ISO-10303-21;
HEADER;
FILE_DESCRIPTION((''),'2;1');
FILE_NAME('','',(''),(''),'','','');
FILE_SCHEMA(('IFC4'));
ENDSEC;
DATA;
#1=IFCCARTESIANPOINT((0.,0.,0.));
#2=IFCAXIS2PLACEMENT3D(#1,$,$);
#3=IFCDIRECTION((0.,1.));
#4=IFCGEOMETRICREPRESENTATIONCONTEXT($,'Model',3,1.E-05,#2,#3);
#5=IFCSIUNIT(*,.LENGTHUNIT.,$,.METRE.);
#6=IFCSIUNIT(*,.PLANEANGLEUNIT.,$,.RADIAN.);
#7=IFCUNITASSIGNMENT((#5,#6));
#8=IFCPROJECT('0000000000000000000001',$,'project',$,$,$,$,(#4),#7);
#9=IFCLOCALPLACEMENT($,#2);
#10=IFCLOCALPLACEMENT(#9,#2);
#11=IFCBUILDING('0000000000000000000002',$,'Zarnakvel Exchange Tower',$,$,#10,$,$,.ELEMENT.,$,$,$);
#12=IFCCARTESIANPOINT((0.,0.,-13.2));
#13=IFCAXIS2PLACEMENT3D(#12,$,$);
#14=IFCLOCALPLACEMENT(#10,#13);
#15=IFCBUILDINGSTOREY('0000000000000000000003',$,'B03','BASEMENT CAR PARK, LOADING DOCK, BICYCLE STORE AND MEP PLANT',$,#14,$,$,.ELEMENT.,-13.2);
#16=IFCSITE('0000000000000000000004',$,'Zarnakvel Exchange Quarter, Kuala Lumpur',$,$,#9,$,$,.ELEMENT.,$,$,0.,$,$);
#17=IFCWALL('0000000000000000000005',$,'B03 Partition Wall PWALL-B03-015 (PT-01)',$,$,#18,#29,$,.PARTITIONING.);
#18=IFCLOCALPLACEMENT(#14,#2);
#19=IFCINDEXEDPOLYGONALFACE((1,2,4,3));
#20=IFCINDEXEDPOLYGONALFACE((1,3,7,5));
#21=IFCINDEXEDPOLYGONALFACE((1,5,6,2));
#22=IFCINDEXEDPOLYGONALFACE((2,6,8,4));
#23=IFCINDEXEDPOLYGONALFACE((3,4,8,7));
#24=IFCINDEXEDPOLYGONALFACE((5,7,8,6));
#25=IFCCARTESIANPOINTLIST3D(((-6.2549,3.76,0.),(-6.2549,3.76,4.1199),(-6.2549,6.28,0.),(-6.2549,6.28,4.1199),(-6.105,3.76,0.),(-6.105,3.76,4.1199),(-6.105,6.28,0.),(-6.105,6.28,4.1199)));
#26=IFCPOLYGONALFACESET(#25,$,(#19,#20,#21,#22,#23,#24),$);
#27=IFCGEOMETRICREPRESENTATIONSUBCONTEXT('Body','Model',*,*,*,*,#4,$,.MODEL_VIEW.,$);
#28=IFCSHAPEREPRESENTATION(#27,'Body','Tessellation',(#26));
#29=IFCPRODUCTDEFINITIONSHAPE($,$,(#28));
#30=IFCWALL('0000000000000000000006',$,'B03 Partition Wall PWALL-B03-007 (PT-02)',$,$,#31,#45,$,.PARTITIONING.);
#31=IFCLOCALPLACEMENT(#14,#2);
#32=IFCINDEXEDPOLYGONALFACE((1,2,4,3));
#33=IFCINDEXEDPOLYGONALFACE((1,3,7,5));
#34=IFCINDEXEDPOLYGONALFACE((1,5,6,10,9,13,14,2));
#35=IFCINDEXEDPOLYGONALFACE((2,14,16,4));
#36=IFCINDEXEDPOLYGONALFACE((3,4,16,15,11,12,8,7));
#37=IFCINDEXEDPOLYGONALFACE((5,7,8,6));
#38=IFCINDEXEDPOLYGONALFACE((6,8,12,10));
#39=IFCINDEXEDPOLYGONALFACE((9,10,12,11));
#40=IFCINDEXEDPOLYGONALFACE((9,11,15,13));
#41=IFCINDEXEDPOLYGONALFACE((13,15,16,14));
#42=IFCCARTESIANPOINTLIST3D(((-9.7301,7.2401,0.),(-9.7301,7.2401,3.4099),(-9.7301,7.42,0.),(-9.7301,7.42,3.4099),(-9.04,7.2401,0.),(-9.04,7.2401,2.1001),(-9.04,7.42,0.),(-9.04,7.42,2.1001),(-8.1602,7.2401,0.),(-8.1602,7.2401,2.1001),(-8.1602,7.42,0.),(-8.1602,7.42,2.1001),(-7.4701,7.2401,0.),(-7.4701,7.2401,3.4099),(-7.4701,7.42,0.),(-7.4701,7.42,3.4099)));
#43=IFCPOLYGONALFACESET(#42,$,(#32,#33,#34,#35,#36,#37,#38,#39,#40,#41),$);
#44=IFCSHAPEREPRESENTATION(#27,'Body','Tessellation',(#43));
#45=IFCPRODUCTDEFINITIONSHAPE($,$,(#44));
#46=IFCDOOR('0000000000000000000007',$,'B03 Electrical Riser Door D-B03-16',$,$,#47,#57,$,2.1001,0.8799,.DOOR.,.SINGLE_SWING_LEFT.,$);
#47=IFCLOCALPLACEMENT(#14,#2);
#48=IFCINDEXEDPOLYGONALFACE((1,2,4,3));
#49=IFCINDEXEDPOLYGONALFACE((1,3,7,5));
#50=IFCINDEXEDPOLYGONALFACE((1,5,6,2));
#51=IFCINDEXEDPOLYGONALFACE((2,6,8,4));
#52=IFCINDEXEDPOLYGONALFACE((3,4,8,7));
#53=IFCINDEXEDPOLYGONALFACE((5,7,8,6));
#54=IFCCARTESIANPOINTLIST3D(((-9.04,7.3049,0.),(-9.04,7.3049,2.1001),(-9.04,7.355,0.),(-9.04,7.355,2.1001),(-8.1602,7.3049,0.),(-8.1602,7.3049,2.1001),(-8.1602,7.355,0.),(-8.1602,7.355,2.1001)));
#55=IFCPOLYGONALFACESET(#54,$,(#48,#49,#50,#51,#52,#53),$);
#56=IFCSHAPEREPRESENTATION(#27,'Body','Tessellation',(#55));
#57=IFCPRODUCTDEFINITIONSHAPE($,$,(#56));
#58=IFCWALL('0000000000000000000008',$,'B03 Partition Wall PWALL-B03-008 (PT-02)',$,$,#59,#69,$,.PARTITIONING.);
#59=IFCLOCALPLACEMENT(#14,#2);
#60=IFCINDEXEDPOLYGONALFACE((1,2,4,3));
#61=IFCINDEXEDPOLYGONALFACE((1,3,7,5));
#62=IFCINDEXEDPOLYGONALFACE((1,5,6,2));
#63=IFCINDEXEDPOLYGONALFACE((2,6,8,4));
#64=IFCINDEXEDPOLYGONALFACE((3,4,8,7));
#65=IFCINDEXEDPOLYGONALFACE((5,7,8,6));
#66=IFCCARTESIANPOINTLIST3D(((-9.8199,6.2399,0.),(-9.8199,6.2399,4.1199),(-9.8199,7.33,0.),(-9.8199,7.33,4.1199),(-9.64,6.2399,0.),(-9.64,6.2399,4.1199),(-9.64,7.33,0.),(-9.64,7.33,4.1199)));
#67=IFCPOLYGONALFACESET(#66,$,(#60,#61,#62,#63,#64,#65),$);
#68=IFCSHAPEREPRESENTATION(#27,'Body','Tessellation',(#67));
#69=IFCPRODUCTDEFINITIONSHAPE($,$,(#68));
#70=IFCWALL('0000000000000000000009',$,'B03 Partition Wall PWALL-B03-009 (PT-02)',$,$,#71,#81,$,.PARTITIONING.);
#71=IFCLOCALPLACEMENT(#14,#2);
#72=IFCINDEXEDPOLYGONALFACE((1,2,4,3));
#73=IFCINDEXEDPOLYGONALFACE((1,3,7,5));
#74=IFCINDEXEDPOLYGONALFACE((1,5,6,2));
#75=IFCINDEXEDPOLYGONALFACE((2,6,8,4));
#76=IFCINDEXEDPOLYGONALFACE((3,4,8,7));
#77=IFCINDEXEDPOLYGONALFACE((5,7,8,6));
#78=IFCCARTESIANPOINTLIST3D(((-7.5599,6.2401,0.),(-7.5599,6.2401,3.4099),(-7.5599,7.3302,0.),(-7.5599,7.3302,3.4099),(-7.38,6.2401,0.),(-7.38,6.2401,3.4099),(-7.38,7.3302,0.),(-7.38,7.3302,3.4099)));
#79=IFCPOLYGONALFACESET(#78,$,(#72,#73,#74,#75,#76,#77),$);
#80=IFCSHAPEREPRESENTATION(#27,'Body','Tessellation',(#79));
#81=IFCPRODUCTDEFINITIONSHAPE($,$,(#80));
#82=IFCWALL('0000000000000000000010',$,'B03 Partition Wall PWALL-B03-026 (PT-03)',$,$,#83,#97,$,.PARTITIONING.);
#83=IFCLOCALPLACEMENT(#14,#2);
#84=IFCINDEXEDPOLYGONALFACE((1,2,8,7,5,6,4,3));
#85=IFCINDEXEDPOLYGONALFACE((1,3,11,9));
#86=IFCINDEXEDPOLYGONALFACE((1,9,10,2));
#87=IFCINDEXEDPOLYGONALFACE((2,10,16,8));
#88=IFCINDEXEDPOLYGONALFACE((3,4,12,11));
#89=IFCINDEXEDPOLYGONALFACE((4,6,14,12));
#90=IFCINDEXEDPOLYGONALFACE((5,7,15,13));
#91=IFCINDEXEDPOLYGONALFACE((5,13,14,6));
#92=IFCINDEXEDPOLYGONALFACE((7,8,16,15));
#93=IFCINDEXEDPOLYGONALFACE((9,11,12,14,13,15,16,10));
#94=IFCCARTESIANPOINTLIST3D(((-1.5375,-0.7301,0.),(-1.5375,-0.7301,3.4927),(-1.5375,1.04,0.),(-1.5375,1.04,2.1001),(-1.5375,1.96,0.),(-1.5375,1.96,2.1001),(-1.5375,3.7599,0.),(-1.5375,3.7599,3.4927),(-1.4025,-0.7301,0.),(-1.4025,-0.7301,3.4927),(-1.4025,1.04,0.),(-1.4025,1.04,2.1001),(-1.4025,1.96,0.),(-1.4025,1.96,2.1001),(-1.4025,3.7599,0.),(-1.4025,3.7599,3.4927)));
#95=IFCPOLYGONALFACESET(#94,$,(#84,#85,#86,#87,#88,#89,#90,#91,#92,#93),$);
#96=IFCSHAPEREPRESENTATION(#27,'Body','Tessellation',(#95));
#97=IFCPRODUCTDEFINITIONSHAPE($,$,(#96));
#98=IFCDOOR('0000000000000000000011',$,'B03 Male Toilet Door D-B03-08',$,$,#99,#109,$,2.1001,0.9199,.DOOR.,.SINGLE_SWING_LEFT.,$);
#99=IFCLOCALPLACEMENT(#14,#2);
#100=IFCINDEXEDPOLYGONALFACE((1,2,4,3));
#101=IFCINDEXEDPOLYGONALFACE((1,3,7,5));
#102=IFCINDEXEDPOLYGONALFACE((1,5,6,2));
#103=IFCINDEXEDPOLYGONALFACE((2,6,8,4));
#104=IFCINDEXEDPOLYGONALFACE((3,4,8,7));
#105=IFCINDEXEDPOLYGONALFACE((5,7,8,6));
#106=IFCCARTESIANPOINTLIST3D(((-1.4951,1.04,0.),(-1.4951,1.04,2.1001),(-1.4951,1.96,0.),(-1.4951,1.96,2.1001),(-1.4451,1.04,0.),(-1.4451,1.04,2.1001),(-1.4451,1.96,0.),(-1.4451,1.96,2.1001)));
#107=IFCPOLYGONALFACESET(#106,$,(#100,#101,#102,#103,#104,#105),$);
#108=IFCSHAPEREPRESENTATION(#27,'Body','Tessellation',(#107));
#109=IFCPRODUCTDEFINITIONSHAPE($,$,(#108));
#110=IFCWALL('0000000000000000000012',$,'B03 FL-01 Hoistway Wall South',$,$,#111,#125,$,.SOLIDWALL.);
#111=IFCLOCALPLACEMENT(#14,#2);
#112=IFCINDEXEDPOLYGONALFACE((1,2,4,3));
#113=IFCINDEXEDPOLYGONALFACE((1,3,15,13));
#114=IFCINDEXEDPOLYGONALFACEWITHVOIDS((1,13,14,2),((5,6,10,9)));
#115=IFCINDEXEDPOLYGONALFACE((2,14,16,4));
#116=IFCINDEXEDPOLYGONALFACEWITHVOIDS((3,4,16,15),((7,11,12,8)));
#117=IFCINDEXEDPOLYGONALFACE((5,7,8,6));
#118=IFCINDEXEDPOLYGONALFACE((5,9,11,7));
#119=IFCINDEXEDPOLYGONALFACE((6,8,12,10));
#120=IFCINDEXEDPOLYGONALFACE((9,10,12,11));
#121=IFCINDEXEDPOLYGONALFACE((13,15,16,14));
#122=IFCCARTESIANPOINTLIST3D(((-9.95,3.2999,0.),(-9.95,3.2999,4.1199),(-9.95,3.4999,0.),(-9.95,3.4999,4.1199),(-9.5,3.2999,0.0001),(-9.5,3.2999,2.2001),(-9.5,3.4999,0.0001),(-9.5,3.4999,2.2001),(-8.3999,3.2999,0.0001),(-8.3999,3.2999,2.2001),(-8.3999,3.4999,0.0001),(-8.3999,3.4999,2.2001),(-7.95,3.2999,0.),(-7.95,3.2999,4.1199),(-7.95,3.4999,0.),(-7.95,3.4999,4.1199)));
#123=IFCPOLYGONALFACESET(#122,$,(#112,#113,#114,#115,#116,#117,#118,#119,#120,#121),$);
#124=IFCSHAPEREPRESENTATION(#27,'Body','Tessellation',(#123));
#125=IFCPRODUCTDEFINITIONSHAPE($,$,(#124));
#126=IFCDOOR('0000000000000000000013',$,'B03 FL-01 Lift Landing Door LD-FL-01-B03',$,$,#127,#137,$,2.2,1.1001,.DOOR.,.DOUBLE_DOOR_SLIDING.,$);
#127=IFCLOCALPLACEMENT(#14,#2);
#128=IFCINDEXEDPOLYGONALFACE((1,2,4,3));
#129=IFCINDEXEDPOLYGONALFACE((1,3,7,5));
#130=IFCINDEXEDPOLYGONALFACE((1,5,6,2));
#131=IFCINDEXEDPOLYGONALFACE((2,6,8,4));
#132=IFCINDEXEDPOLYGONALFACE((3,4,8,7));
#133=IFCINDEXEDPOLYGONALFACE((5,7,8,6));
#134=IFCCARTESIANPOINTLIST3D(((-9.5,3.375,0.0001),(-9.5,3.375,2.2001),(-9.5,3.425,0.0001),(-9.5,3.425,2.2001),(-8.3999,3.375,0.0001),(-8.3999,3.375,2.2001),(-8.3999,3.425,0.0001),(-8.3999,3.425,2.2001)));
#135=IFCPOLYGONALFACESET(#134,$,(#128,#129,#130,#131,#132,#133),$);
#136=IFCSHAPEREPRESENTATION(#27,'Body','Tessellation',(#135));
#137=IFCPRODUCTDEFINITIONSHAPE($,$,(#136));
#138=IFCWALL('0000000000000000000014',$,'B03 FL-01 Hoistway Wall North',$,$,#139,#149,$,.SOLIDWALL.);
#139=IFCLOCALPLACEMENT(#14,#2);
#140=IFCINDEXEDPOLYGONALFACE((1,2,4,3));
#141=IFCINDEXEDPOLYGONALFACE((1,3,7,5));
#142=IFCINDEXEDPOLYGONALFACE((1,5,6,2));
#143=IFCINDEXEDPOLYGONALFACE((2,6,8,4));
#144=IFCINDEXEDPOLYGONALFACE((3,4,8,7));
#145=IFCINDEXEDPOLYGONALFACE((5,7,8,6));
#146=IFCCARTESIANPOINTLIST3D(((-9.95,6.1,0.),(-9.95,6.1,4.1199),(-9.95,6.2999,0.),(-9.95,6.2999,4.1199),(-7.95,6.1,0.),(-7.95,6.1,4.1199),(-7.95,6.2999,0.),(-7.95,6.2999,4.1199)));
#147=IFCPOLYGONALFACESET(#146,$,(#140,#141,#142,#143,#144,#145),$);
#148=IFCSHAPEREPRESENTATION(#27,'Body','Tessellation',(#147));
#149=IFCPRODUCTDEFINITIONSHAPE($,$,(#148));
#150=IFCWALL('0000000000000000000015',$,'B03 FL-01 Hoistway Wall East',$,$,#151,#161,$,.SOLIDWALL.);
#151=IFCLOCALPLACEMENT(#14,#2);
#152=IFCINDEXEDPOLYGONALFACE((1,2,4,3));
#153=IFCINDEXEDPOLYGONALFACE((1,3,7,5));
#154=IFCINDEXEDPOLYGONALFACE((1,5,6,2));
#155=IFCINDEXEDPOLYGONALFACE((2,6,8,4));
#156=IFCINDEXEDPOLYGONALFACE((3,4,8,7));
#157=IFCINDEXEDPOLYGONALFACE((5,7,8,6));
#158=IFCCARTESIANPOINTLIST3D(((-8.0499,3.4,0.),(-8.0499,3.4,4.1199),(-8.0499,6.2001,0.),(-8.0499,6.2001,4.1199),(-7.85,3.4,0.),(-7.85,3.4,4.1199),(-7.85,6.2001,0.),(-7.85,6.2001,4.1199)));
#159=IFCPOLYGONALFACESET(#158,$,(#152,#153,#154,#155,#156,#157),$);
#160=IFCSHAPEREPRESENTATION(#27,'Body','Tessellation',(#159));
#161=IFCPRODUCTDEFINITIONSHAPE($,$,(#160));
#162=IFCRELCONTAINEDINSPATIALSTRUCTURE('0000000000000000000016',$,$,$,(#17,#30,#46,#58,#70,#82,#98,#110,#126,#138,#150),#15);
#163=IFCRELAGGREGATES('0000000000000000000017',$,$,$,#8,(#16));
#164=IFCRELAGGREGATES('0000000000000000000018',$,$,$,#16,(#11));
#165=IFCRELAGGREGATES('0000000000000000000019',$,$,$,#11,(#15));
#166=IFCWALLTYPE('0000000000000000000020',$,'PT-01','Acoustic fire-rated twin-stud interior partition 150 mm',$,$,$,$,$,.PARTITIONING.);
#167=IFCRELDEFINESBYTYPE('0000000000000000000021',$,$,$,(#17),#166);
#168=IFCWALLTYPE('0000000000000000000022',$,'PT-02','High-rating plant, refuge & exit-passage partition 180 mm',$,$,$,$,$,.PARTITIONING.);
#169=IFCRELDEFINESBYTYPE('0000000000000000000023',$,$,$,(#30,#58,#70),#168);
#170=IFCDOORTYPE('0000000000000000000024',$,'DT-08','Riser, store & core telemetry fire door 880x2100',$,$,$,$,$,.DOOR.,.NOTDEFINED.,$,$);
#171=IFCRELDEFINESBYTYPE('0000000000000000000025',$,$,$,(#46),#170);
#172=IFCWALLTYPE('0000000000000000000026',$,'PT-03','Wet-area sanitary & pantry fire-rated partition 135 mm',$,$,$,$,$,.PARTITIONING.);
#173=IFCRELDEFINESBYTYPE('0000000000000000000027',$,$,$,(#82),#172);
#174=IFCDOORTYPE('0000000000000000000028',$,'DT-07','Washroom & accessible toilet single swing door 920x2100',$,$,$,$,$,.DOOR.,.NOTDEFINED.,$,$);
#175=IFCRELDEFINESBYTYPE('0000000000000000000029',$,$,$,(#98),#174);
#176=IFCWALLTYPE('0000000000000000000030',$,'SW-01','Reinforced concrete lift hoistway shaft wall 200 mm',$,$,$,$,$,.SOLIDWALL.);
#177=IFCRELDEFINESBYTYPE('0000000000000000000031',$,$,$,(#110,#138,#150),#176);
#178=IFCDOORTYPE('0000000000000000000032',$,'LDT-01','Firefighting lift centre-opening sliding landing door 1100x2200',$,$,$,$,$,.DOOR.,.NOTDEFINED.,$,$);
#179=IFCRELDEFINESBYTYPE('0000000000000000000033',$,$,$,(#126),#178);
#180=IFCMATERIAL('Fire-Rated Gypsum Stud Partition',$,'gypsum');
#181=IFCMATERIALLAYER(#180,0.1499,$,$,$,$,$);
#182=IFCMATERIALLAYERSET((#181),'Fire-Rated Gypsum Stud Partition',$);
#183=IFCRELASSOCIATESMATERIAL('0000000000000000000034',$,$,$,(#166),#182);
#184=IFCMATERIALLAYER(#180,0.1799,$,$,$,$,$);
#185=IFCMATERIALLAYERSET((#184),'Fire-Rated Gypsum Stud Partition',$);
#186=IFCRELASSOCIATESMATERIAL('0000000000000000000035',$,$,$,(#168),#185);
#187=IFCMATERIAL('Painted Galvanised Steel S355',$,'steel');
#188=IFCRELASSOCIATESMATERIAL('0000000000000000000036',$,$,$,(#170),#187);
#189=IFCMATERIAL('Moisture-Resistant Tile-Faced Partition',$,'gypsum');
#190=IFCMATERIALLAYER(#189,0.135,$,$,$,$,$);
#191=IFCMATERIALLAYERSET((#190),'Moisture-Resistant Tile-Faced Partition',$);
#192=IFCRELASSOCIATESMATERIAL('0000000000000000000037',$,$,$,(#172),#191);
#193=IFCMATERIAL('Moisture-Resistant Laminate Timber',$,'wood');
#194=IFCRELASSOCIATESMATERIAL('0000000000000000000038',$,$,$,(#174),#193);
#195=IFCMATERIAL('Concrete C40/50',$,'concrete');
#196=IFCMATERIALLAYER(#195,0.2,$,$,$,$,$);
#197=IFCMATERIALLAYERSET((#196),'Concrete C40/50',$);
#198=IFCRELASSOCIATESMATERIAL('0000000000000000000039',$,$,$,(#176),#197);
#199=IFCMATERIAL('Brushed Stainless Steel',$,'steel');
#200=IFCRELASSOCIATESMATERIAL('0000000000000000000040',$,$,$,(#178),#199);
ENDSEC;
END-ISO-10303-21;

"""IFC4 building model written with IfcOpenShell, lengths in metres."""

from ifc_helpers import new_model, si_unit, direction, frame, frame_2d, origin, place, context, subcontext, project, spatial, rectangle, extrude, source, transform, mapped, material, layer, layer_set, type_object, element, fill, save


model = new_model("IFC4")

# Units and contexts
model_context = context("Model", 3, precision=1e-05, world=origin(), true_north=direction((0.0, 1.0)))
body_context = subcontext(model_context, "Body", "Model", "MODEL_VIEW")
ifc_project = project(units=[si_unit("LENGTHUNIT", "METRE"), si_unit("PLANEANGLEUNIT", "RADIAN")], contexts=[model_context])

# Site, building, storey
site_placement = place(None, origin())
site = spatial("IfcSite", under=ifc_project, at=site_placement, Name="Zarnakvel Exchange Quarter, Kuala Lumpur", CompositionType="ELEMENT", RefElevation=0.0)
building_placement = place(site_placement, origin())
building = spatial("IfcBuilding", under=site, at=building_placement, Name="Zarnakvel Exchange Tower", CompositionType="ELEMENT")
storey_placement = place(building_placement, frame((0.0, 0.0, -13.2)))
storey = spatial("IfcBuildingStorey", under=building, at=storey_placement, Name="B03", Description="BASEMENT CAR PARK, LOADING DOCK, BICYCLE STORE AND MEP PLANT", CompositionType="ELEMENT", Elevation=-13.2)

# Wall
ifc_material_1 = material(Name="Fire-Rated Gypsum Stud Partition", Category="gypsum")
ifc_layer_1 = layer(ifc_material_1, 0.1499)
ifc_layer_set_1 = layer_set([ifc_layer_1], Name="Fire-Rated Gypsum Stud Partition")
wall_type_1 = type_object("IfcWallType", Name="PT-01", Description="Acoustic fire-rated twin-stud interior partition 150 mm", PredefinedType="PARTITIONING", material=ifc_layer_set_1)
wall_1_placement = place(storey_placement, frame((-6.1799, 3.76, 0.0), z_axis=(0.0, 0.0, 1.0), x_axis=(0.0, 1.0, 0.0)))
element("IfcWall", 1, at=wall_1_placement, inside=storey, type_object=wall_type_1, Name="B03 Partition Wall PWALL-B03-015 (PT-01)", PredefinedType="PARTITIONING", context=body_context, shape_type="SweptSolid", body=[
    extrude(rectangle(XDim=2.52, YDim=0.1499, at=frame_2d((1.26, 0.0))), origin(), (0.0, 0.0, 1.0), 4.1199),
])

# Wall, opening, door
ifc_layer_2 = layer(ifc_material_1, 0.1799)
ifc_layer_set_2 = layer_set([ifc_layer_2], Name="Fire-Rated Gypsum Stud Partition")
wall_type_2 = type_object("IfcWallType", Name="PT-02", Description="High-rating plant, refuge & exit-passage partition 180 mm", PredefinedType="PARTITIONING", material=ifc_layer_set_2)
wall_2_placement = place(storey_placement, frame((-9.73, 7.3301, 0.0), z_axis=(0.0, 0.0, 1.0), x_axis=(1.0, 0.0, 0.0)))
wall_2 = element("IfcWall", 2, at=wall_2_placement, inside=storey, type_object=wall_type_2, Name="B03 Partition Wall PWALL-B03-007 (PT-02)", PredefinedType="PARTITIONING", context=body_context, shape_type="SweptSolid", body=[
    extrude(rectangle(XDim=2.26, YDim=0.1799, at=frame_2d((1.1299, 0.0))), origin(), (0.0, 0.0, 1.0), 3.4099),
])
opening_1_placement = place(wall_2_placement, frame((0.6899, 0.0, 0.0)))
opening_1 = element("IfcOpeningElement", 3, at=opening_1_placement, cuts=wall_2, PredefinedType="OPENING", context=body_context, shape_type="SweptSolid", body=[
    extrude(rectangle(XDim=0.8799, YDim=2.1001, at=frame_2d((0.4399, 1.05))), frame((0.0, 0.0999, 0.0), z_axis=(0.0, -1.0, 0.0), x_axis=(1.0, 0.0, 0.0)), (0.0, 0.0, 1.0), 0.2),
])
ifc_material_2 = material(Name="Painted Galvanised Steel S355", Category="steel")
door_type_1 = type_object("IfcDoorType", Name="DT-08", Description="Riser, store & core telemetry fire door 880x2100", OperationType="NOTDEFINED", PredefinedType="DOOR", material=ifc_material_2)
shared_shape_1 = source(origin(), body_context, "Body", "SweptSolid", [
    extrude(rectangle(XDim=0.8799, YDim=2.1001, at=frame_2d((0.4399, 1.05))), frame((0.0, 0.0249, 0.0), z_axis=(0.0, -1.0, 0.0), x_axis=(1.0, 0.0, 0.0)), (0.0, 0.0, 1.0), 0.05),
])
door_1_placement = place(opening_1_placement, origin())
door_1 = element("IfcDoor", 4, at=door_1_placement, inside=storey, type_object=door_type_1, Name="B03 Electrical Riser Door D-B03-16", OperationType="SINGLE_SWING_LEFT", OverallHeight=2.1001, OverallWidth=0.8799, PredefinedType="DOOR", context=body_context, shape_type="MappedRepresentation", body=[
    mapped(shared_shape_1, transform((0.0, 0.0, 0.0), x_axis=(1.0, 0.0, 0.0), y_axis=(0.0, 1.0, 0.0), z_axis=(0.0, 0.0, 1.0), scale=1.0)),
])
fill(opening_1, door_1)

# Walls
wall_3_placement = place(storey_placement, frame((-9.73, 6.24, 0.0), z_axis=(0.0, 0.0, 1.0), x_axis=(0.0, 1.0, 0.0)))
element("IfcWall", 5, at=wall_3_placement, inside=storey, type_object=wall_type_2, Name="B03 Partition Wall PWALL-B03-008 (PT-02)", PredefinedType="PARTITIONING", context=body_context, shape_type="SweptSolid", body=[
    extrude(rectangle(XDim=1.0901, YDim=0.1799, at=frame_2d((0.5449, 0.0))), origin(), (0.0, 0.0, 1.0), 4.1199),
])
wall_4_placement = place(storey_placement, frame((-7.47, 7.3301, 0.0), z_axis=(0.0, 0.0, 1.0), x_axis=(0.0, -1.0, 0.0)))
element("IfcWall", 6, at=wall_4_placement, inside=storey, type_object=wall_type_2, Name="B03 Partition Wall PWALL-B03-009 (PT-02)", PredefinedType="PARTITIONING", context=body_context, shape_type="SweptSolid", body=[
    extrude(rectangle(XDim=1.0901, YDim=0.1799, at=frame_2d((0.5449, 0.0))), origin(), (0.0, 0.0, 1.0), 3.4099),
])

# Walls, openings, doors
ifc_material_3 = material(Name="Moisture-Resistant Tile-Faced Partition", Category="gypsum")
ifc_layer_3 = layer(ifc_material_3, 0.135)
ifc_layer_set_3 = layer_set([ifc_layer_3], Name="Moisture-Resistant Tile-Faced Partition")
wall_type_3 = type_object("IfcWallType", Name="PT-03", Description="Wet-area sanitary & pantry fire-rated partition 135 mm", PredefinedType="PARTITIONING", material=ifc_layer_set_3)
wall_5_placement = place(storey_placement, frame((-1.47, 3.76, 0.0), z_axis=(0.0, 0.0, 1.0), x_axis=(0.0, -1.0, 0.0)))
wall_5 = element("IfcWall", 7, at=wall_5_placement, inside=storey, type_object=wall_type_3, Name="B03 Partition Wall PWALL-B03-026 (PT-03)", PredefinedType="PARTITIONING", context=body_context, shape_type="SweptSolid", body=[
    extrude(rectangle(XDim=4.49, YDim=0.135, at=frame_2d((2.2451, 0.0))), origin(), (0.0, 0.0, 1.0), 3.4927),
])
opening_2_placement = place(wall_5_placement, frame((1.8, 0.0, 0.0)))
opening_2 = element("IfcOpeningElement", 8, at=opening_2_placement, cuts=wall_5, PredefinedType="OPENING", context=body_context, shape_type="SweptSolid", body=[
    extrude(rectangle(XDim=0.9199, YDim=2.1001, at=frame_2d((0.46, 1.05))), frame((0.0, 0.0774, 0.0), z_axis=(0.0, -1.0, 0.0), x_axis=(1.0, 0.0, 0.0)), (0.0, 0.0, 1.0), 0.155),
])
ifc_material_4 = material(Name="Moisture-Resistant Laminate Timber", Category="wood")
door_type_2 = type_object("IfcDoorType", Name="DT-07", Description="Washroom & accessible toilet single swing door 920x2100", OperationType="NOTDEFINED", PredefinedType="DOOR", material=ifc_material_4)
shared_shape_2 = source(origin(), body_context, "Body", "SweptSolid", [
    extrude(rectangle(XDim=0.9199, YDim=2.1001, at=frame_2d((0.46, 1.05))), frame((0.0, 0.0249, 0.0), z_axis=(0.0, -1.0, 0.0), x_axis=(1.0, 0.0, 0.0)), (0.0, 0.0, 1.0), 0.05),
])
door_2_placement = place(opening_2_placement, origin())
door_2 = element("IfcDoor", 9, at=door_2_placement, inside=storey, type_object=door_type_2, Name="B03 Male Toilet Door D-B03-08", OperationType="SINGLE_SWING_LEFT", OverallHeight=2.1001, OverallWidth=0.9199, PredefinedType="DOOR", context=body_context, shape_type="MappedRepresentation", body=[
    mapped(shared_shape_2, transform((0.0, 0.0, 0.0), x_axis=(1.0, 0.0, 0.0), y_axis=(0.0, 1.0, 0.0), z_axis=(0.0, 0.0, 1.0), scale=1.0)),
])
fill(opening_2, door_2)
ifc_material_5 = material(Name="Concrete C40/50", Category="concrete")
ifc_layer_4 = layer(ifc_material_5, 0.2)
ifc_layer_set_4 = layer_set([ifc_layer_4], Name="Concrete C40/50")
wall_type_4 = type_object("IfcWallType", Name="SW-01", Description="Reinforced concrete lift hoistway shaft wall 200 mm", PredefinedType="SOLIDWALL", material=ifc_layer_set_4)
wall_6_placement = place(storey_placement, frame((-7.95, 3.3999, 0.0), z_axis=(0.0, 0.0, 1.0), x_axis=(-1.0, 0.0, 0.0)))
wall_6 = element("IfcWall", 10, at=wall_6_placement, inside=storey, type_object=wall_type_4, Name="B03 FL-01 Hoistway Wall South", PredefinedType="SOLIDWALL", context=body_context, shape_type="SweptSolid", body=[
    extrude(rectangle(XDim=2.0, YDim=0.2, at=frame_2d((1.0, 0.0))), origin(), (0.0, 0.0, 1.0), 4.1199),
])
opening_3_placement = place(wall_6_placement, frame((0.45, 0.0, 0.0)))
opening_3 = element("IfcOpeningElement", 11, at=opening_3_placement, cuts=wall_6, PredefinedType="OPENING", context=body_context, shape_type="SweptSolid", body=[
    extrude(rectangle(XDim=1.1001, YDim=2.2, at=frame_2d((0.55, 1.1001))), frame((0.0, 0.1099, 0.0), z_axis=(0.0, -1.0, 0.0), x_axis=(1.0, 0.0, 0.0)), (0.0, 0.0, 1.0), 0.22),
])
ifc_material_6 = material(Name="Brushed Stainless Steel", Category="steel")
door_type_3 = type_object("IfcDoorType", Name="LDT-01", Description="Firefighting lift centre-opening sliding landing door 1100x2200", OperationType="NOTDEFINED", PredefinedType="DOOR", material=ifc_material_6)
shared_shape_3 = source(origin(), body_context, "Body", "SweptSolid", [
    extrude(rectangle(XDim=1.1001, YDim=2.2, at=frame_2d((0.55, 1.1001))), frame((0.0, 0.0249, 0.0), z_axis=(0.0, -1.0, 0.0), x_axis=(1.0, 0.0, 0.0)), (0.0, 0.0, 1.0), 0.05),
])
door_3_placement = place(opening_3_placement, origin())
door_3 = element("IfcDoor", 12, at=door_3_placement, inside=storey, type_object=door_type_3, Name="B03 FL-01 Lift Landing Door LD-FL-01-B03", OperationType="DOUBLE_DOOR_SLIDING", OverallHeight=2.2, OverallWidth=1.1001, PredefinedType="DOOR", context=body_context, shape_type="MappedRepresentation", body=[
    mapped(shared_shape_3, transform((0.0, 0.0, 0.0), x_axis=(1.0, 0.0, 0.0), y_axis=(0.0, 1.0, 0.0), z_axis=(0.0, 0.0, 1.0), scale=1.0)),
])
fill(opening_3, door_3)

# Walls
wall_7_placement = place(storey_placement, frame((-9.95, 6.2, 0.0), z_axis=(0.0, 0.0, 1.0), x_axis=(1.0, 0.0, 0.0)))
element("IfcWall", 13, at=wall_7_placement, inside=storey, type_object=wall_type_4, Name="B03 FL-01 Hoistway Wall North", PredefinedType="SOLIDWALL", context=body_context, shape_type="SweptSolid", body=[
    extrude(rectangle(XDim=2.0, YDim=0.2, at=frame_2d((1.0, 0.0))), origin(), (0.0, 0.0, 1.0), 4.1199),
])
wall_8_placement = place(storey_placement, frame((-7.95, 6.2, 0.0), z_axis=(0.0, 0.0, 1.0), x_axis=(0.0, -1.0, 0.0)))
element("IfcWall", 14, at=wall_8_placement, inside=storey, type_object=wall_type_4, Name="B03 FL-01 Hoistway Wall East", PredefinedType="SOLIDWALL", context=body_context, shape_type="SweptSolid", body=[
    extrude(rectangle(XDim=2.8, YDim=0.2, at=frame_2d((1.3999, 0.0))), origin(), (0.0, 0.0, 1.0), 4.1199),
])

save(model, "model.ifc")
